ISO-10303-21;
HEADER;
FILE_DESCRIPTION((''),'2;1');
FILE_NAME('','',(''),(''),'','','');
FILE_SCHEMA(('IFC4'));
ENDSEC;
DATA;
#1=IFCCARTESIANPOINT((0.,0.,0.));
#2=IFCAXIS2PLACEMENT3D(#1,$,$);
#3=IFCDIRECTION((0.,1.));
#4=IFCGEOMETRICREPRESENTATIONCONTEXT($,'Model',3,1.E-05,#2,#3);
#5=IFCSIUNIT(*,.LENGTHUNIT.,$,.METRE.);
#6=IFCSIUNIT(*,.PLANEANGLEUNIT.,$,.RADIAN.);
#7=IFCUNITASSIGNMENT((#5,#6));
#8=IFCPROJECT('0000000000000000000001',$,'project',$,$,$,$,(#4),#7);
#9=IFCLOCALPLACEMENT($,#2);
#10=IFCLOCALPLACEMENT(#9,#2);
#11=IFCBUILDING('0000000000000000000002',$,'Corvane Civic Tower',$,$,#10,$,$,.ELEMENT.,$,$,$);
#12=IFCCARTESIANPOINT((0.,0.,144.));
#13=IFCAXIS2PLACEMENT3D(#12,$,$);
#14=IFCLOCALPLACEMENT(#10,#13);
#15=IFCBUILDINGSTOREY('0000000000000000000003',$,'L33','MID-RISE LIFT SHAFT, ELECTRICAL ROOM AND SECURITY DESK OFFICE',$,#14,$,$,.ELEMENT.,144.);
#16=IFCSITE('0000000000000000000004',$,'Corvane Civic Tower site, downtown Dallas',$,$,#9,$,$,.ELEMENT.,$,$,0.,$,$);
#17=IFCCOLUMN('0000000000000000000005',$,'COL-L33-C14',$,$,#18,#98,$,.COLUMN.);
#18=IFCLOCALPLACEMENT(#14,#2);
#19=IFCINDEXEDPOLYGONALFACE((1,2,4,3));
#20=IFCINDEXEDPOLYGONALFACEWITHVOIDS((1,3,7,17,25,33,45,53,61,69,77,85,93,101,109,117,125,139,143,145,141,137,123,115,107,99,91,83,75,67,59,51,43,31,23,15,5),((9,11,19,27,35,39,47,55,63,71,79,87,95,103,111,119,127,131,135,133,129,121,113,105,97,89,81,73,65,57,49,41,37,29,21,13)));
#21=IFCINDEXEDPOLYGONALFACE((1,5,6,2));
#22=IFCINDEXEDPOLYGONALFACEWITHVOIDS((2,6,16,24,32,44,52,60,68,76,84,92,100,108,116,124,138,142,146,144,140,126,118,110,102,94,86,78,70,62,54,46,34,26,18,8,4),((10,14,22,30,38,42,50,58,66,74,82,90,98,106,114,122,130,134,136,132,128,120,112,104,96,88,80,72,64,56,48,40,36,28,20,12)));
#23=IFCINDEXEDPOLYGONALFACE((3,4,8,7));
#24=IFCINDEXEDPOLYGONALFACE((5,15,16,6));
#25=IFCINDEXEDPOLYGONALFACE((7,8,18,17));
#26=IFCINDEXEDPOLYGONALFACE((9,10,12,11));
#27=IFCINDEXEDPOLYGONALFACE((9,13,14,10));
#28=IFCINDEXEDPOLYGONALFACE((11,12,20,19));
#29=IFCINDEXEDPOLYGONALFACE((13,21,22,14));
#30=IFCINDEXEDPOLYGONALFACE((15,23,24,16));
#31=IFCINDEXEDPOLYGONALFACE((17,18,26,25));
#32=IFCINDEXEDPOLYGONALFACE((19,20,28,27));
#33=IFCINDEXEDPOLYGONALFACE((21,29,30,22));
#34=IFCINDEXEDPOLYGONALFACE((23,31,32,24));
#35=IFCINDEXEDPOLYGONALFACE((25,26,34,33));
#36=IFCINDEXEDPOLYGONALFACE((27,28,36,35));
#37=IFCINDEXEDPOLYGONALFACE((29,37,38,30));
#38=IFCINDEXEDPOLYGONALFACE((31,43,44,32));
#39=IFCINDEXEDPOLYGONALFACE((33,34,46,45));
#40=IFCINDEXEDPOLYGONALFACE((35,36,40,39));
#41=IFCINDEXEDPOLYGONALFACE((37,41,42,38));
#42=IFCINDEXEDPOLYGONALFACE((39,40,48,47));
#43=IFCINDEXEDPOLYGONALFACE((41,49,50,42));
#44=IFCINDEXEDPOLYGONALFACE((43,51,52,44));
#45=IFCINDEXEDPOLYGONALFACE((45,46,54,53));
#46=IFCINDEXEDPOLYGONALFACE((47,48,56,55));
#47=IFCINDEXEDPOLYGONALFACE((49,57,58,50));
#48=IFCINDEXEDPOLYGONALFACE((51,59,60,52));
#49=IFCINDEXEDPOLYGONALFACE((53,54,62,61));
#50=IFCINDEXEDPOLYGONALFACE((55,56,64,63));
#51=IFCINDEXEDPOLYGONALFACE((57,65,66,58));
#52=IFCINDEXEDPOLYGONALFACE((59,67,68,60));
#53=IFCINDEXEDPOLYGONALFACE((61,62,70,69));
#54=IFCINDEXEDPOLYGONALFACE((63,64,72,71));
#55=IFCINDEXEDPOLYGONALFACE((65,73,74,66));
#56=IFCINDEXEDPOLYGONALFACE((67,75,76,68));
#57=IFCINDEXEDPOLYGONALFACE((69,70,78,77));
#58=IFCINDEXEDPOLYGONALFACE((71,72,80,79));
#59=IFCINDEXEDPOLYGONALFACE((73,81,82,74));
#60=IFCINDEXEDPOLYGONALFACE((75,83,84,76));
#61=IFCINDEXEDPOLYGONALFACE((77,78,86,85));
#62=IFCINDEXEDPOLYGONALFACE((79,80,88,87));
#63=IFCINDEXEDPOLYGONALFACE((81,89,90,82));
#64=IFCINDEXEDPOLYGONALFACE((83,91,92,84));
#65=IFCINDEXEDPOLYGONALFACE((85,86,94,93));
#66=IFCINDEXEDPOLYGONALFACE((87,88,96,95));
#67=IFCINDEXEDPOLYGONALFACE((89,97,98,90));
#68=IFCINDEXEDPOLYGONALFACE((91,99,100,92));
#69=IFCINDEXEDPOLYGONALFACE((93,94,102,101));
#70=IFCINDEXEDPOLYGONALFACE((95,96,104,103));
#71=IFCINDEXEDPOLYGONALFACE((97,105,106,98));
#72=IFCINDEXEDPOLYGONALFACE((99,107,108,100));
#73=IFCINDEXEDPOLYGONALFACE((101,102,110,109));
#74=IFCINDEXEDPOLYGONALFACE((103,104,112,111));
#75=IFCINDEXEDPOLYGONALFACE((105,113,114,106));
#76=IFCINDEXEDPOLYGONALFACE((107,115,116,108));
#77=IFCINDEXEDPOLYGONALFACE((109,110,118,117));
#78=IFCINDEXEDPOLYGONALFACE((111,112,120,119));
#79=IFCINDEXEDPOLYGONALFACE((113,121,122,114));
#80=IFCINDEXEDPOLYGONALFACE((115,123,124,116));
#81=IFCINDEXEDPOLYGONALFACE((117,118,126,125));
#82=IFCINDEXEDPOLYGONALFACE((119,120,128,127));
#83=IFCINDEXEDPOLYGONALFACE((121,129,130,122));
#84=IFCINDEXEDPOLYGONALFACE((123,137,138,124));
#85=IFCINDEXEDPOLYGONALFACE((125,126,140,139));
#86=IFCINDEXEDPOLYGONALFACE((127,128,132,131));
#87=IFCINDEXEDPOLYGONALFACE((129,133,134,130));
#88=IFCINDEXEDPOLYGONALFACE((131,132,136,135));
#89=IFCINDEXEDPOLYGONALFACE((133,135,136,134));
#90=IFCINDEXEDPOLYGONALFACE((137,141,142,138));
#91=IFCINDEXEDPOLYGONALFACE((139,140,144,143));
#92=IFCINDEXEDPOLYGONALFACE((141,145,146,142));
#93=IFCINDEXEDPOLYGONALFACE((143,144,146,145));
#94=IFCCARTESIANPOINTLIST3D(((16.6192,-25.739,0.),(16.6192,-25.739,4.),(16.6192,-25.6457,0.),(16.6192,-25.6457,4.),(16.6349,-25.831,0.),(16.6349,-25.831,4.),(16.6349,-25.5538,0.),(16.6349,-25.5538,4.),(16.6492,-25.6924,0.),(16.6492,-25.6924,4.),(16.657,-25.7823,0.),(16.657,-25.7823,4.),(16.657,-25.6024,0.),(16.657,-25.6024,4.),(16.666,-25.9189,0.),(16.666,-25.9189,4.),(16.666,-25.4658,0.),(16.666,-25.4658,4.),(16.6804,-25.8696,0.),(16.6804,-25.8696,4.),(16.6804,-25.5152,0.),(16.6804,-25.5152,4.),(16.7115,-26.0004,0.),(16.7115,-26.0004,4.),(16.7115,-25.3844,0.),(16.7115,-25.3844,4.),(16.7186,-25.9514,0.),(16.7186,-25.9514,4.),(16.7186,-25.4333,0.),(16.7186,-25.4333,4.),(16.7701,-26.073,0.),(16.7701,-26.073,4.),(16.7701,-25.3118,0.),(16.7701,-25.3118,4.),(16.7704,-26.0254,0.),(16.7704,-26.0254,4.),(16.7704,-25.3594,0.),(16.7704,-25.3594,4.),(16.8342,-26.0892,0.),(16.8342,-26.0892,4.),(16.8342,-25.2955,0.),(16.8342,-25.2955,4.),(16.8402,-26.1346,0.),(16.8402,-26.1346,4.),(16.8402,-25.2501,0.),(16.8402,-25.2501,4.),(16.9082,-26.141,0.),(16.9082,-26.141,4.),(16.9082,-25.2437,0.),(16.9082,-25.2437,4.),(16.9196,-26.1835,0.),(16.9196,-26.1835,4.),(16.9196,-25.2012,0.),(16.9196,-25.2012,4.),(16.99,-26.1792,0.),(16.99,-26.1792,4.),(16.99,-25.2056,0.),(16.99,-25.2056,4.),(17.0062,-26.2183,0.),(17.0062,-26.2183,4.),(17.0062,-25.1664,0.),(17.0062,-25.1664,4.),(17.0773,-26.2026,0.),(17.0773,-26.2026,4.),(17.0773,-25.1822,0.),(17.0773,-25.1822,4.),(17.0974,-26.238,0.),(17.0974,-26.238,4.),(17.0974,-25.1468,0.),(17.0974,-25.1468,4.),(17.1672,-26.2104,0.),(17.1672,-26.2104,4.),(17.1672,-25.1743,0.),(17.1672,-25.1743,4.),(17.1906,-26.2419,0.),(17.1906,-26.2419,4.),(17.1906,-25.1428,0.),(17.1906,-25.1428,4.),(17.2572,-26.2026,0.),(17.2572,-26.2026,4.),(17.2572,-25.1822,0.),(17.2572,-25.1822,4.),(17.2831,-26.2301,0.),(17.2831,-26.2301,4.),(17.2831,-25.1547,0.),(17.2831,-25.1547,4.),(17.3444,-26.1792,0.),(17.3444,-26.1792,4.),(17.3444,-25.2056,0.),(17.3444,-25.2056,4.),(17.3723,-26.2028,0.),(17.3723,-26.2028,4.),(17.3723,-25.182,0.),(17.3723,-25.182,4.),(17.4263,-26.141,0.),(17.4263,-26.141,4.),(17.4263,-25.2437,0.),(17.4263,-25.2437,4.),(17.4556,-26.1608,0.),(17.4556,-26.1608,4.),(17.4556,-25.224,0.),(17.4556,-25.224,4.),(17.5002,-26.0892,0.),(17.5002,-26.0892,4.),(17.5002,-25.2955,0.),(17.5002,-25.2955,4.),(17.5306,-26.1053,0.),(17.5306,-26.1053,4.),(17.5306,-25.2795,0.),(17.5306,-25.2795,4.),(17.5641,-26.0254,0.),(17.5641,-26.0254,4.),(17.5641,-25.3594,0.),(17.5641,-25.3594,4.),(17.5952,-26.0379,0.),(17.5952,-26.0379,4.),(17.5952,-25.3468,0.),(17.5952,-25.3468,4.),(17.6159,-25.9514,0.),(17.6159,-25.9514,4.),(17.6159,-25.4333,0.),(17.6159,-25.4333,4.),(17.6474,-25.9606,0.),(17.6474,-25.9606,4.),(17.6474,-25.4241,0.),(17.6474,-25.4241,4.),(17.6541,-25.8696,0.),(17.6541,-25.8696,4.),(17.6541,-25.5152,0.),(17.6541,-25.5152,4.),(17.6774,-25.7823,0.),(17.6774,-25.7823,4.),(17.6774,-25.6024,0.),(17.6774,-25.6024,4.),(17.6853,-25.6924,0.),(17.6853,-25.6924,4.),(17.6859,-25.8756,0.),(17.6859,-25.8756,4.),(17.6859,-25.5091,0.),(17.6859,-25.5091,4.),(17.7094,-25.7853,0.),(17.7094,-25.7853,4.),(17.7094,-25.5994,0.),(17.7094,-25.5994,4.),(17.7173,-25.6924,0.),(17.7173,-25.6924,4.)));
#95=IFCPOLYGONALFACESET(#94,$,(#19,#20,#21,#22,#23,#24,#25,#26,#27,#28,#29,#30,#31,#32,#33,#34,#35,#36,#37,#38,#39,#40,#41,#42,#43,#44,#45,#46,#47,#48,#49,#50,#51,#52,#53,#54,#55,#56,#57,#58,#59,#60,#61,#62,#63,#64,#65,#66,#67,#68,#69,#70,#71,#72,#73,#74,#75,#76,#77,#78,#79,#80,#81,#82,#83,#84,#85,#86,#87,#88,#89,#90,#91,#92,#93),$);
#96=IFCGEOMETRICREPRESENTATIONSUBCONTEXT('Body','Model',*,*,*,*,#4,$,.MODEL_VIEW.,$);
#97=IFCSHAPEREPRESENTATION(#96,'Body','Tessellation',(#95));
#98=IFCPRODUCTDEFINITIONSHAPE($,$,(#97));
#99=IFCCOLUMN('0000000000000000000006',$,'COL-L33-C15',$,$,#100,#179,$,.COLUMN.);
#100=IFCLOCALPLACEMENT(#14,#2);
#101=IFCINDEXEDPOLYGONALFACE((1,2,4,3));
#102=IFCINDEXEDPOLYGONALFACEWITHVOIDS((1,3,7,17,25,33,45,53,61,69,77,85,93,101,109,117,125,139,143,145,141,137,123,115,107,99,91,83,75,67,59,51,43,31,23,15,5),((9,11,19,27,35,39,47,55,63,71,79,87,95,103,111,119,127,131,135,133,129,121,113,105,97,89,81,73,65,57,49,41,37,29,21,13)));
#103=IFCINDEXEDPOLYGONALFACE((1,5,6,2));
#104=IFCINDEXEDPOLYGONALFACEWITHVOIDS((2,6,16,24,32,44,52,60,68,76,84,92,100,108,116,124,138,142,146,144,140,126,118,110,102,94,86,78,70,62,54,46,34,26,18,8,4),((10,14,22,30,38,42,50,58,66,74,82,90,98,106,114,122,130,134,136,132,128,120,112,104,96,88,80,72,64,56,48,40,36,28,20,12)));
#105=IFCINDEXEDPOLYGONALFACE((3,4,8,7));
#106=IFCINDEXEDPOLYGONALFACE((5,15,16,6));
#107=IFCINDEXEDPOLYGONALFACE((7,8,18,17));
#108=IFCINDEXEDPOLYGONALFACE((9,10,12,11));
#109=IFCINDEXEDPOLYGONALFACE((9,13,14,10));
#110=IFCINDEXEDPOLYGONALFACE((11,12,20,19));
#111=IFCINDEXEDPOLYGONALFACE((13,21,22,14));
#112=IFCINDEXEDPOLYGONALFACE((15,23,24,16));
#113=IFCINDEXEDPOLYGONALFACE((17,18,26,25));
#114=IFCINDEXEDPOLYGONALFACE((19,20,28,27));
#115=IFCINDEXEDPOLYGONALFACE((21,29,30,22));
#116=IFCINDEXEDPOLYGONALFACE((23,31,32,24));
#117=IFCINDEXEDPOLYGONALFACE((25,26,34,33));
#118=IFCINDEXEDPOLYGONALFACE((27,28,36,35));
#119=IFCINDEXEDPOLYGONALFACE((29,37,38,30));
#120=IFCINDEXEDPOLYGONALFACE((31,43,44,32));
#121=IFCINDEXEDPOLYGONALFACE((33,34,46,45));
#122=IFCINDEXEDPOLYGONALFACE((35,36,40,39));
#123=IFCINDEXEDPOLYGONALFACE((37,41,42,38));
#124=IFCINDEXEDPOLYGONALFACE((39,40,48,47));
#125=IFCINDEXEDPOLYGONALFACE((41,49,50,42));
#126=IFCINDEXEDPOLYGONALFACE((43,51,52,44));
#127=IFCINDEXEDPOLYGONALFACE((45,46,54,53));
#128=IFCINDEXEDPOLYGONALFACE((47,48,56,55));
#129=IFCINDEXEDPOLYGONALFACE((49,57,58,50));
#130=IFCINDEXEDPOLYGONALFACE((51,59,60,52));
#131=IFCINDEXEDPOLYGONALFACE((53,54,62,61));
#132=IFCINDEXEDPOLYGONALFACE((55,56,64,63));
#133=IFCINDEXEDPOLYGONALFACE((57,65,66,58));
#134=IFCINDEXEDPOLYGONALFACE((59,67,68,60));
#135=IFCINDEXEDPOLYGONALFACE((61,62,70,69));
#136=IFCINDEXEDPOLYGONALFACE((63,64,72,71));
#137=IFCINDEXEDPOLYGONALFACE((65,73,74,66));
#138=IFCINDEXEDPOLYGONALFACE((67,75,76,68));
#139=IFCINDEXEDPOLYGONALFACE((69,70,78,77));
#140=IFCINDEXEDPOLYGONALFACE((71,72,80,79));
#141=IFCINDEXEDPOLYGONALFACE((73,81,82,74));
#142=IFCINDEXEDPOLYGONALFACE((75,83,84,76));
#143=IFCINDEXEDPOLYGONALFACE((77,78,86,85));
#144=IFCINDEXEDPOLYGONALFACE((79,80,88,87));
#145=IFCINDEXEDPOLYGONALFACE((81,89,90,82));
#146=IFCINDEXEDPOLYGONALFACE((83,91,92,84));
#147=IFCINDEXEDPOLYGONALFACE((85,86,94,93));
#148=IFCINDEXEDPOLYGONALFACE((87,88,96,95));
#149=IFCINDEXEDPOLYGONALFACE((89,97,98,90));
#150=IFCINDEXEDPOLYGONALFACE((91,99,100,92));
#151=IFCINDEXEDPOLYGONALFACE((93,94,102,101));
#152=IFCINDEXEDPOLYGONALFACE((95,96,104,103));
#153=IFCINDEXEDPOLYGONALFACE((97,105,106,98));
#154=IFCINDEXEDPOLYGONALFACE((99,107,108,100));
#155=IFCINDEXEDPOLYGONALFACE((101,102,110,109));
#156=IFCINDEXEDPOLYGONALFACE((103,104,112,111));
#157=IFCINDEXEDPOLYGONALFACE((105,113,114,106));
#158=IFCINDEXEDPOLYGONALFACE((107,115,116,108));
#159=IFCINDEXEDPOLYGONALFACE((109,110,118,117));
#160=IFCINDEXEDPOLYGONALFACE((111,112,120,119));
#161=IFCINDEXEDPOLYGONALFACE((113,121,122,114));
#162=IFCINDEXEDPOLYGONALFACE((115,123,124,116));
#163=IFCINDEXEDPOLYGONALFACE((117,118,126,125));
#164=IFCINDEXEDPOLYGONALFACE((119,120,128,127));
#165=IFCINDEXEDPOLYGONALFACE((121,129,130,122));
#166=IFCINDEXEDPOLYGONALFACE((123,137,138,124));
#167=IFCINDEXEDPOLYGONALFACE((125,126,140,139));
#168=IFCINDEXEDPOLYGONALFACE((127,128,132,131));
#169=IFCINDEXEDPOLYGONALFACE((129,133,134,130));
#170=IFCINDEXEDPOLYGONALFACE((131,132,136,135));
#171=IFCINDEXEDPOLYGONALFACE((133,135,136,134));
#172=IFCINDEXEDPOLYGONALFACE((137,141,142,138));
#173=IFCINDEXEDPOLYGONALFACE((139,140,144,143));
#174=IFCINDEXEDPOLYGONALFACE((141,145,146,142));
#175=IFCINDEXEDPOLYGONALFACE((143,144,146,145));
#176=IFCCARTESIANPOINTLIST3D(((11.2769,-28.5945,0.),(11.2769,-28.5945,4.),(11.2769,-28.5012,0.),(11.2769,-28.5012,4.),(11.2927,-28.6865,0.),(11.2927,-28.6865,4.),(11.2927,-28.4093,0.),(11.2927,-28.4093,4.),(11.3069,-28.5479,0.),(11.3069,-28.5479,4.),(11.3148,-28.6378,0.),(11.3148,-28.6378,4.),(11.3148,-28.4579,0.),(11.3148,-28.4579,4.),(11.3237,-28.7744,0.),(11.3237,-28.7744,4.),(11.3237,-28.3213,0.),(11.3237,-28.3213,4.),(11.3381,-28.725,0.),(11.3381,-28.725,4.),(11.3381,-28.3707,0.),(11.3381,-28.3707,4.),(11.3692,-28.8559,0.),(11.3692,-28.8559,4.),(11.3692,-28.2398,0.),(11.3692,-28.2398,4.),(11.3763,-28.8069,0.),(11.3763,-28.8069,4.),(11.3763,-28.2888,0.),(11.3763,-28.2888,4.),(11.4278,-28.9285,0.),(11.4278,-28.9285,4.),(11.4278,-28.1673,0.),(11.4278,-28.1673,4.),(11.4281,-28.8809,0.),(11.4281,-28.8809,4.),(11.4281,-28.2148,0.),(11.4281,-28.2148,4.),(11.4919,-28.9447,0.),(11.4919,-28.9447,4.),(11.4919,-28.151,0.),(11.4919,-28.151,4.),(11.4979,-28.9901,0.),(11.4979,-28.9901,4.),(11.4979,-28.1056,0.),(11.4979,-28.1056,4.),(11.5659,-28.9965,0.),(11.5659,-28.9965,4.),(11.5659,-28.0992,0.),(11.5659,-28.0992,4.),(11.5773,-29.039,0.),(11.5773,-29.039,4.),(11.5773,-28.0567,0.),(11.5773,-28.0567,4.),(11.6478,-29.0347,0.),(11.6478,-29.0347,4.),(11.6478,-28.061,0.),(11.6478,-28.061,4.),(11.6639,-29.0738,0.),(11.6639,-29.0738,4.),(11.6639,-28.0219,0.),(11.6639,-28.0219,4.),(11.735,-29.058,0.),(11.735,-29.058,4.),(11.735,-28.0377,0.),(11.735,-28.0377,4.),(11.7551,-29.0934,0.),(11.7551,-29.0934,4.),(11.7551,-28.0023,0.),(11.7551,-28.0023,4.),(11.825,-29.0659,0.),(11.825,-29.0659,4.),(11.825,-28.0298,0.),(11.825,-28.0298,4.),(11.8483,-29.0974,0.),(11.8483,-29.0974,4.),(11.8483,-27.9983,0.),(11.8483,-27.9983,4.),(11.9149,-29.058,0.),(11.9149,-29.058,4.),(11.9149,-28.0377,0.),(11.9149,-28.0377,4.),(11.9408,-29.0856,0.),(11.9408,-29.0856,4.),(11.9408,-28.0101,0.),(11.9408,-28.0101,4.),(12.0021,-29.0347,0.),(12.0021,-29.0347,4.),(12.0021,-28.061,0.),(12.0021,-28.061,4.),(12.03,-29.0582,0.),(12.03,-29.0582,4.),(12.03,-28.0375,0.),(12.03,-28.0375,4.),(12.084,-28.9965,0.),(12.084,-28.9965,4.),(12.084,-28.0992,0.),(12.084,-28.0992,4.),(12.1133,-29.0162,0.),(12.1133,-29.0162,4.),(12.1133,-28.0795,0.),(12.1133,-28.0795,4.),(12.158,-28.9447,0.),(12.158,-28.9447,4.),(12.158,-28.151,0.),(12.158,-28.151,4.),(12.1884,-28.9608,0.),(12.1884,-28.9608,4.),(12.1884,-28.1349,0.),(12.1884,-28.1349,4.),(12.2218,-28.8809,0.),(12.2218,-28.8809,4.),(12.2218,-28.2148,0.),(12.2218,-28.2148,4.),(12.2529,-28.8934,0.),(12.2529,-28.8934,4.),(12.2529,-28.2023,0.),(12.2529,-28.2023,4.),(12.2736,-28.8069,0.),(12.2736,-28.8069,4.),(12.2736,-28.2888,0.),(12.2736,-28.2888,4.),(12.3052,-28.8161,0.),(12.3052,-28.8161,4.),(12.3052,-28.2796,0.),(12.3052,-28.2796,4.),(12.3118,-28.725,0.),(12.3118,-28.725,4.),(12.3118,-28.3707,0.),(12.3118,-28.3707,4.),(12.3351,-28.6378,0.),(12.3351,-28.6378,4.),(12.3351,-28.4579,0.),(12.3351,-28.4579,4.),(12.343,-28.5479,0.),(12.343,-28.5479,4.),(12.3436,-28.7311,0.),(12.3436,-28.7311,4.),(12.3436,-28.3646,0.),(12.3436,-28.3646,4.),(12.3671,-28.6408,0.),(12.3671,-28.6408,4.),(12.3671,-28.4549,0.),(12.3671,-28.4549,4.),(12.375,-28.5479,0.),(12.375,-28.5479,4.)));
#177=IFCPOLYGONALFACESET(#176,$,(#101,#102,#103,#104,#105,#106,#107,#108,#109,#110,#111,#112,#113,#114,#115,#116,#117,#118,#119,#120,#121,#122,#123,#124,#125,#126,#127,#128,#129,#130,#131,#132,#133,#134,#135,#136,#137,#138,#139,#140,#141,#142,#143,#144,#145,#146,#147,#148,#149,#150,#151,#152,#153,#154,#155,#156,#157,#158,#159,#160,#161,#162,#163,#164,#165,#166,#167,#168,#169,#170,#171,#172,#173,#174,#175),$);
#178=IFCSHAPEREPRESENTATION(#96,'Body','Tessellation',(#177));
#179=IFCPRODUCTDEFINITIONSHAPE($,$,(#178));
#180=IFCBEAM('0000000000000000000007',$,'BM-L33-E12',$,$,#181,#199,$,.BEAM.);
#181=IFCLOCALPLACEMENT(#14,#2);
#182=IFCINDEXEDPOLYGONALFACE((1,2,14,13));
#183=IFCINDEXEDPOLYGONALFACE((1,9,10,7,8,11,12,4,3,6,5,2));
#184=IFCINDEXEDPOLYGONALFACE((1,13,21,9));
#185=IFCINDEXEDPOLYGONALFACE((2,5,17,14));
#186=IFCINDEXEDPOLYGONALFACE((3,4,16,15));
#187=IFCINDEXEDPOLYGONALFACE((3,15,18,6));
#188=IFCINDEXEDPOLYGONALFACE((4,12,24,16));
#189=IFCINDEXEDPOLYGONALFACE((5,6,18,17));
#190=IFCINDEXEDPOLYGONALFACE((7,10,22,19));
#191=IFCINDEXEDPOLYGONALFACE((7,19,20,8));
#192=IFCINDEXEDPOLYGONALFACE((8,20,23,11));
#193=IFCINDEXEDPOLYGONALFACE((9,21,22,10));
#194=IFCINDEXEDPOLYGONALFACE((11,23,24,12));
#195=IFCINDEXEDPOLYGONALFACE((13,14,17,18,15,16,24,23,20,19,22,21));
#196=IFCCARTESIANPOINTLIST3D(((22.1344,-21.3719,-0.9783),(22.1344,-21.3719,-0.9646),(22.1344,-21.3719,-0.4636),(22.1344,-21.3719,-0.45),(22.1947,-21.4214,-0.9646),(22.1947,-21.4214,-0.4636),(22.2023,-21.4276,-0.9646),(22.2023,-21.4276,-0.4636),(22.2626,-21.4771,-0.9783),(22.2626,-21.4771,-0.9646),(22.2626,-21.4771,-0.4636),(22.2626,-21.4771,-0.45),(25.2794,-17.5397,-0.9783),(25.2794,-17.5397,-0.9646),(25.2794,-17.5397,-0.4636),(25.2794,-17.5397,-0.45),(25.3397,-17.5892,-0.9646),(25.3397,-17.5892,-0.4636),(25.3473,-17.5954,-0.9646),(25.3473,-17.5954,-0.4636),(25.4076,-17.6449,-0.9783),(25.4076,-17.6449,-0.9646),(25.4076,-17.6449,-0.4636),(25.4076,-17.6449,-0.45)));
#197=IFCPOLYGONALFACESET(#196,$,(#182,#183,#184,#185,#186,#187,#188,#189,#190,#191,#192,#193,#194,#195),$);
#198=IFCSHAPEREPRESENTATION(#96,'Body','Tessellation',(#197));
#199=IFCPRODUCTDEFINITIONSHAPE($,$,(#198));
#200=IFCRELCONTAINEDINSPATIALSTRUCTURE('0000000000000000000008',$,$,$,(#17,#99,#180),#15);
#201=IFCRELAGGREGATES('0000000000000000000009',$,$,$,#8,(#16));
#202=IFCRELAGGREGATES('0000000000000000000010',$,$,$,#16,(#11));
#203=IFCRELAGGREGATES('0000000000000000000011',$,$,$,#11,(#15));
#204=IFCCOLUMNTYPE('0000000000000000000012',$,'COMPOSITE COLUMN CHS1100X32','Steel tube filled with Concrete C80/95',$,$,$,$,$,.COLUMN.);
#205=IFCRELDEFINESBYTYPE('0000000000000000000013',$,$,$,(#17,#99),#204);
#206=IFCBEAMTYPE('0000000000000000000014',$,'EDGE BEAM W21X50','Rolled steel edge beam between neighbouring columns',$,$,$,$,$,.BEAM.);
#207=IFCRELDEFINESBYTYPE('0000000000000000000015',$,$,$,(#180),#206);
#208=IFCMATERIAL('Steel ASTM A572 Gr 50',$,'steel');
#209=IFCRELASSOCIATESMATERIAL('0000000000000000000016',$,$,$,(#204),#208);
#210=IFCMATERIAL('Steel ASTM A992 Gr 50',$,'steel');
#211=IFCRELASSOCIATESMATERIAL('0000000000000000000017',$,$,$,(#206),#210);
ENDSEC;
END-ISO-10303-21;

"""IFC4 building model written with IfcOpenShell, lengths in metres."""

from ifc_helpers import new_model, si_unit, direction, frame, origin, origin_2d, place, context, subcontext, project, spatial, hollow_circle, i_section, extrude, material, material_profile, profile_set, type_object, element, save


model = new_model("IFC4")

# Units and contexts
model_context = context("Model", 3, precision=1e-05, world=origin(), true_north=direction((0.0, 1.0)))
body_context = subcontext(model_context, "Body", "Model", "MODEL_VIEW")
ifc_project = project(units=[si_unit("LENGTHUNIT", "METRE"), si_unit("PLANEANGLEUNIT", "RADIAN")], contexts=[model_context])

# Site, building, storey
site_placement = place(None, origin())
site = spatial("IfcSite", under=ifc_project, at=site_placement, Name="Corvane Civic Tower site, downtown Dallas", CompositionType="ELEMENT", RefElevation=0.0)
building_placement = place(site_placement, origin())
building = spatial("IfcBuilding", under=site, at=building_placement, Name="Corvane Civic Tower", CompositionType="ELEMENT")
storey_placement = place(building_placement, frame((0.0, 0.0, 144.0)))
storey = spatial("IfcBuildingStorey", under=building, at=storey_placement, Name="L33", Description="MID-RISE LIFT SHAFT, ELECTRICAL ROOM AND SECURITY DESK OFFICE", CompositionType="ELEMENT", Elevation=144.0)

# Columns
ifc_material_1 = material(Name="Steel ASTM A572 Gr 50", Category="steel")
ifc_material_profile_1 = material_profile(ifc_material_1, hollow_circle(Radius=0.55, WallThickness=0.032, at=origin_2d()), Name="CHS1100X32")
ifc_profile_set_1 = profile_set([ifc_material_profile_1], Name="Steel ASTM A572 Gr 50")
column_type = type_object("IfcColumnType", Name="COMPOSITE COLUMN CHS1100X32", Description="Steel tube filled with Concrete C80/95", PredefinedType="COLUMN", material=ifc_profile_set_1)
for number, where, z_axis, x_axis, name in (
    (1, (17.1672, -25.6924, 0.0), (0.0, 0.0, 1.0), (1.0, 0.0, 0.0), "COL-L33-C14"),
    (2, (11.825, -28.5479, 0.0), (0.0, 0.0, 1.0), (1.0, 0.0, 0.0), "COL-L33-C15"),
):
    element("IfcColumn", number, at=place(storey_placement, frame(where, z_axis=z_axis, x_axis=x_axis)), inside=storey, type_object=column_type, Name=name, PredefinedType="COLUMN", context=body_context, shape_type="SweptSolid", body=[
        extrude(hollow_circle(Radius=0.55, WallThickness=0.032, at=origin_2d()), origin(), (0.0, 0.0, 1.0), 4.0),
    ])

# Beam
ifc_material_2 = material(Name="Steel ASTM A992 Gr 50", Category="steel")
ifc_material_profile_2 = material_profile(ifc_material_2, i_section(OverallWidth=0.1658, OverallDepth=0.5283, WebThickness=0.0098, FlangeThickness=0.0137, at=origin_2d()), Name="W21X50")
ifc_profile_set_2 = profile_set([ifc_material_profile_2], Name="Steel ASTM A992 Gr 50")
beam_type = type_object("IfcBeamType", Name="EDGE BEAM W21X50", Description="Rolled steel edge beam between neighbouring columns", PredefinedType="BEAM", material=ifc_profile_set_2)
for number, where, z_axis, x_axis, name in (
    (3, (25.3435, -17.5923, -0.7141), (-0.634388, -0.773015, 0.0), (0.773015, -0.634388, 0.0), "BM-L33-E12"),
):
    element("IfcBeam", number, at=place(storey_placement, frame(where, z_axis=z_axis, x_axis=x_axis)), inside=storey, type_object=beam_type, Name=name, PredefinedType="BEAM", context=body_context, shape_type="SweptSolid", body=[
        extrude(i_section(OverallWidth=0.1658, OverallDepth=0.5283, WebThickness=0.0098, FlangeThickness=0.0137, at=origin_2d()), origin(), (0.0, 0.0, 1.0), 4.9575),
    ])

save(model, "model.ifc")
